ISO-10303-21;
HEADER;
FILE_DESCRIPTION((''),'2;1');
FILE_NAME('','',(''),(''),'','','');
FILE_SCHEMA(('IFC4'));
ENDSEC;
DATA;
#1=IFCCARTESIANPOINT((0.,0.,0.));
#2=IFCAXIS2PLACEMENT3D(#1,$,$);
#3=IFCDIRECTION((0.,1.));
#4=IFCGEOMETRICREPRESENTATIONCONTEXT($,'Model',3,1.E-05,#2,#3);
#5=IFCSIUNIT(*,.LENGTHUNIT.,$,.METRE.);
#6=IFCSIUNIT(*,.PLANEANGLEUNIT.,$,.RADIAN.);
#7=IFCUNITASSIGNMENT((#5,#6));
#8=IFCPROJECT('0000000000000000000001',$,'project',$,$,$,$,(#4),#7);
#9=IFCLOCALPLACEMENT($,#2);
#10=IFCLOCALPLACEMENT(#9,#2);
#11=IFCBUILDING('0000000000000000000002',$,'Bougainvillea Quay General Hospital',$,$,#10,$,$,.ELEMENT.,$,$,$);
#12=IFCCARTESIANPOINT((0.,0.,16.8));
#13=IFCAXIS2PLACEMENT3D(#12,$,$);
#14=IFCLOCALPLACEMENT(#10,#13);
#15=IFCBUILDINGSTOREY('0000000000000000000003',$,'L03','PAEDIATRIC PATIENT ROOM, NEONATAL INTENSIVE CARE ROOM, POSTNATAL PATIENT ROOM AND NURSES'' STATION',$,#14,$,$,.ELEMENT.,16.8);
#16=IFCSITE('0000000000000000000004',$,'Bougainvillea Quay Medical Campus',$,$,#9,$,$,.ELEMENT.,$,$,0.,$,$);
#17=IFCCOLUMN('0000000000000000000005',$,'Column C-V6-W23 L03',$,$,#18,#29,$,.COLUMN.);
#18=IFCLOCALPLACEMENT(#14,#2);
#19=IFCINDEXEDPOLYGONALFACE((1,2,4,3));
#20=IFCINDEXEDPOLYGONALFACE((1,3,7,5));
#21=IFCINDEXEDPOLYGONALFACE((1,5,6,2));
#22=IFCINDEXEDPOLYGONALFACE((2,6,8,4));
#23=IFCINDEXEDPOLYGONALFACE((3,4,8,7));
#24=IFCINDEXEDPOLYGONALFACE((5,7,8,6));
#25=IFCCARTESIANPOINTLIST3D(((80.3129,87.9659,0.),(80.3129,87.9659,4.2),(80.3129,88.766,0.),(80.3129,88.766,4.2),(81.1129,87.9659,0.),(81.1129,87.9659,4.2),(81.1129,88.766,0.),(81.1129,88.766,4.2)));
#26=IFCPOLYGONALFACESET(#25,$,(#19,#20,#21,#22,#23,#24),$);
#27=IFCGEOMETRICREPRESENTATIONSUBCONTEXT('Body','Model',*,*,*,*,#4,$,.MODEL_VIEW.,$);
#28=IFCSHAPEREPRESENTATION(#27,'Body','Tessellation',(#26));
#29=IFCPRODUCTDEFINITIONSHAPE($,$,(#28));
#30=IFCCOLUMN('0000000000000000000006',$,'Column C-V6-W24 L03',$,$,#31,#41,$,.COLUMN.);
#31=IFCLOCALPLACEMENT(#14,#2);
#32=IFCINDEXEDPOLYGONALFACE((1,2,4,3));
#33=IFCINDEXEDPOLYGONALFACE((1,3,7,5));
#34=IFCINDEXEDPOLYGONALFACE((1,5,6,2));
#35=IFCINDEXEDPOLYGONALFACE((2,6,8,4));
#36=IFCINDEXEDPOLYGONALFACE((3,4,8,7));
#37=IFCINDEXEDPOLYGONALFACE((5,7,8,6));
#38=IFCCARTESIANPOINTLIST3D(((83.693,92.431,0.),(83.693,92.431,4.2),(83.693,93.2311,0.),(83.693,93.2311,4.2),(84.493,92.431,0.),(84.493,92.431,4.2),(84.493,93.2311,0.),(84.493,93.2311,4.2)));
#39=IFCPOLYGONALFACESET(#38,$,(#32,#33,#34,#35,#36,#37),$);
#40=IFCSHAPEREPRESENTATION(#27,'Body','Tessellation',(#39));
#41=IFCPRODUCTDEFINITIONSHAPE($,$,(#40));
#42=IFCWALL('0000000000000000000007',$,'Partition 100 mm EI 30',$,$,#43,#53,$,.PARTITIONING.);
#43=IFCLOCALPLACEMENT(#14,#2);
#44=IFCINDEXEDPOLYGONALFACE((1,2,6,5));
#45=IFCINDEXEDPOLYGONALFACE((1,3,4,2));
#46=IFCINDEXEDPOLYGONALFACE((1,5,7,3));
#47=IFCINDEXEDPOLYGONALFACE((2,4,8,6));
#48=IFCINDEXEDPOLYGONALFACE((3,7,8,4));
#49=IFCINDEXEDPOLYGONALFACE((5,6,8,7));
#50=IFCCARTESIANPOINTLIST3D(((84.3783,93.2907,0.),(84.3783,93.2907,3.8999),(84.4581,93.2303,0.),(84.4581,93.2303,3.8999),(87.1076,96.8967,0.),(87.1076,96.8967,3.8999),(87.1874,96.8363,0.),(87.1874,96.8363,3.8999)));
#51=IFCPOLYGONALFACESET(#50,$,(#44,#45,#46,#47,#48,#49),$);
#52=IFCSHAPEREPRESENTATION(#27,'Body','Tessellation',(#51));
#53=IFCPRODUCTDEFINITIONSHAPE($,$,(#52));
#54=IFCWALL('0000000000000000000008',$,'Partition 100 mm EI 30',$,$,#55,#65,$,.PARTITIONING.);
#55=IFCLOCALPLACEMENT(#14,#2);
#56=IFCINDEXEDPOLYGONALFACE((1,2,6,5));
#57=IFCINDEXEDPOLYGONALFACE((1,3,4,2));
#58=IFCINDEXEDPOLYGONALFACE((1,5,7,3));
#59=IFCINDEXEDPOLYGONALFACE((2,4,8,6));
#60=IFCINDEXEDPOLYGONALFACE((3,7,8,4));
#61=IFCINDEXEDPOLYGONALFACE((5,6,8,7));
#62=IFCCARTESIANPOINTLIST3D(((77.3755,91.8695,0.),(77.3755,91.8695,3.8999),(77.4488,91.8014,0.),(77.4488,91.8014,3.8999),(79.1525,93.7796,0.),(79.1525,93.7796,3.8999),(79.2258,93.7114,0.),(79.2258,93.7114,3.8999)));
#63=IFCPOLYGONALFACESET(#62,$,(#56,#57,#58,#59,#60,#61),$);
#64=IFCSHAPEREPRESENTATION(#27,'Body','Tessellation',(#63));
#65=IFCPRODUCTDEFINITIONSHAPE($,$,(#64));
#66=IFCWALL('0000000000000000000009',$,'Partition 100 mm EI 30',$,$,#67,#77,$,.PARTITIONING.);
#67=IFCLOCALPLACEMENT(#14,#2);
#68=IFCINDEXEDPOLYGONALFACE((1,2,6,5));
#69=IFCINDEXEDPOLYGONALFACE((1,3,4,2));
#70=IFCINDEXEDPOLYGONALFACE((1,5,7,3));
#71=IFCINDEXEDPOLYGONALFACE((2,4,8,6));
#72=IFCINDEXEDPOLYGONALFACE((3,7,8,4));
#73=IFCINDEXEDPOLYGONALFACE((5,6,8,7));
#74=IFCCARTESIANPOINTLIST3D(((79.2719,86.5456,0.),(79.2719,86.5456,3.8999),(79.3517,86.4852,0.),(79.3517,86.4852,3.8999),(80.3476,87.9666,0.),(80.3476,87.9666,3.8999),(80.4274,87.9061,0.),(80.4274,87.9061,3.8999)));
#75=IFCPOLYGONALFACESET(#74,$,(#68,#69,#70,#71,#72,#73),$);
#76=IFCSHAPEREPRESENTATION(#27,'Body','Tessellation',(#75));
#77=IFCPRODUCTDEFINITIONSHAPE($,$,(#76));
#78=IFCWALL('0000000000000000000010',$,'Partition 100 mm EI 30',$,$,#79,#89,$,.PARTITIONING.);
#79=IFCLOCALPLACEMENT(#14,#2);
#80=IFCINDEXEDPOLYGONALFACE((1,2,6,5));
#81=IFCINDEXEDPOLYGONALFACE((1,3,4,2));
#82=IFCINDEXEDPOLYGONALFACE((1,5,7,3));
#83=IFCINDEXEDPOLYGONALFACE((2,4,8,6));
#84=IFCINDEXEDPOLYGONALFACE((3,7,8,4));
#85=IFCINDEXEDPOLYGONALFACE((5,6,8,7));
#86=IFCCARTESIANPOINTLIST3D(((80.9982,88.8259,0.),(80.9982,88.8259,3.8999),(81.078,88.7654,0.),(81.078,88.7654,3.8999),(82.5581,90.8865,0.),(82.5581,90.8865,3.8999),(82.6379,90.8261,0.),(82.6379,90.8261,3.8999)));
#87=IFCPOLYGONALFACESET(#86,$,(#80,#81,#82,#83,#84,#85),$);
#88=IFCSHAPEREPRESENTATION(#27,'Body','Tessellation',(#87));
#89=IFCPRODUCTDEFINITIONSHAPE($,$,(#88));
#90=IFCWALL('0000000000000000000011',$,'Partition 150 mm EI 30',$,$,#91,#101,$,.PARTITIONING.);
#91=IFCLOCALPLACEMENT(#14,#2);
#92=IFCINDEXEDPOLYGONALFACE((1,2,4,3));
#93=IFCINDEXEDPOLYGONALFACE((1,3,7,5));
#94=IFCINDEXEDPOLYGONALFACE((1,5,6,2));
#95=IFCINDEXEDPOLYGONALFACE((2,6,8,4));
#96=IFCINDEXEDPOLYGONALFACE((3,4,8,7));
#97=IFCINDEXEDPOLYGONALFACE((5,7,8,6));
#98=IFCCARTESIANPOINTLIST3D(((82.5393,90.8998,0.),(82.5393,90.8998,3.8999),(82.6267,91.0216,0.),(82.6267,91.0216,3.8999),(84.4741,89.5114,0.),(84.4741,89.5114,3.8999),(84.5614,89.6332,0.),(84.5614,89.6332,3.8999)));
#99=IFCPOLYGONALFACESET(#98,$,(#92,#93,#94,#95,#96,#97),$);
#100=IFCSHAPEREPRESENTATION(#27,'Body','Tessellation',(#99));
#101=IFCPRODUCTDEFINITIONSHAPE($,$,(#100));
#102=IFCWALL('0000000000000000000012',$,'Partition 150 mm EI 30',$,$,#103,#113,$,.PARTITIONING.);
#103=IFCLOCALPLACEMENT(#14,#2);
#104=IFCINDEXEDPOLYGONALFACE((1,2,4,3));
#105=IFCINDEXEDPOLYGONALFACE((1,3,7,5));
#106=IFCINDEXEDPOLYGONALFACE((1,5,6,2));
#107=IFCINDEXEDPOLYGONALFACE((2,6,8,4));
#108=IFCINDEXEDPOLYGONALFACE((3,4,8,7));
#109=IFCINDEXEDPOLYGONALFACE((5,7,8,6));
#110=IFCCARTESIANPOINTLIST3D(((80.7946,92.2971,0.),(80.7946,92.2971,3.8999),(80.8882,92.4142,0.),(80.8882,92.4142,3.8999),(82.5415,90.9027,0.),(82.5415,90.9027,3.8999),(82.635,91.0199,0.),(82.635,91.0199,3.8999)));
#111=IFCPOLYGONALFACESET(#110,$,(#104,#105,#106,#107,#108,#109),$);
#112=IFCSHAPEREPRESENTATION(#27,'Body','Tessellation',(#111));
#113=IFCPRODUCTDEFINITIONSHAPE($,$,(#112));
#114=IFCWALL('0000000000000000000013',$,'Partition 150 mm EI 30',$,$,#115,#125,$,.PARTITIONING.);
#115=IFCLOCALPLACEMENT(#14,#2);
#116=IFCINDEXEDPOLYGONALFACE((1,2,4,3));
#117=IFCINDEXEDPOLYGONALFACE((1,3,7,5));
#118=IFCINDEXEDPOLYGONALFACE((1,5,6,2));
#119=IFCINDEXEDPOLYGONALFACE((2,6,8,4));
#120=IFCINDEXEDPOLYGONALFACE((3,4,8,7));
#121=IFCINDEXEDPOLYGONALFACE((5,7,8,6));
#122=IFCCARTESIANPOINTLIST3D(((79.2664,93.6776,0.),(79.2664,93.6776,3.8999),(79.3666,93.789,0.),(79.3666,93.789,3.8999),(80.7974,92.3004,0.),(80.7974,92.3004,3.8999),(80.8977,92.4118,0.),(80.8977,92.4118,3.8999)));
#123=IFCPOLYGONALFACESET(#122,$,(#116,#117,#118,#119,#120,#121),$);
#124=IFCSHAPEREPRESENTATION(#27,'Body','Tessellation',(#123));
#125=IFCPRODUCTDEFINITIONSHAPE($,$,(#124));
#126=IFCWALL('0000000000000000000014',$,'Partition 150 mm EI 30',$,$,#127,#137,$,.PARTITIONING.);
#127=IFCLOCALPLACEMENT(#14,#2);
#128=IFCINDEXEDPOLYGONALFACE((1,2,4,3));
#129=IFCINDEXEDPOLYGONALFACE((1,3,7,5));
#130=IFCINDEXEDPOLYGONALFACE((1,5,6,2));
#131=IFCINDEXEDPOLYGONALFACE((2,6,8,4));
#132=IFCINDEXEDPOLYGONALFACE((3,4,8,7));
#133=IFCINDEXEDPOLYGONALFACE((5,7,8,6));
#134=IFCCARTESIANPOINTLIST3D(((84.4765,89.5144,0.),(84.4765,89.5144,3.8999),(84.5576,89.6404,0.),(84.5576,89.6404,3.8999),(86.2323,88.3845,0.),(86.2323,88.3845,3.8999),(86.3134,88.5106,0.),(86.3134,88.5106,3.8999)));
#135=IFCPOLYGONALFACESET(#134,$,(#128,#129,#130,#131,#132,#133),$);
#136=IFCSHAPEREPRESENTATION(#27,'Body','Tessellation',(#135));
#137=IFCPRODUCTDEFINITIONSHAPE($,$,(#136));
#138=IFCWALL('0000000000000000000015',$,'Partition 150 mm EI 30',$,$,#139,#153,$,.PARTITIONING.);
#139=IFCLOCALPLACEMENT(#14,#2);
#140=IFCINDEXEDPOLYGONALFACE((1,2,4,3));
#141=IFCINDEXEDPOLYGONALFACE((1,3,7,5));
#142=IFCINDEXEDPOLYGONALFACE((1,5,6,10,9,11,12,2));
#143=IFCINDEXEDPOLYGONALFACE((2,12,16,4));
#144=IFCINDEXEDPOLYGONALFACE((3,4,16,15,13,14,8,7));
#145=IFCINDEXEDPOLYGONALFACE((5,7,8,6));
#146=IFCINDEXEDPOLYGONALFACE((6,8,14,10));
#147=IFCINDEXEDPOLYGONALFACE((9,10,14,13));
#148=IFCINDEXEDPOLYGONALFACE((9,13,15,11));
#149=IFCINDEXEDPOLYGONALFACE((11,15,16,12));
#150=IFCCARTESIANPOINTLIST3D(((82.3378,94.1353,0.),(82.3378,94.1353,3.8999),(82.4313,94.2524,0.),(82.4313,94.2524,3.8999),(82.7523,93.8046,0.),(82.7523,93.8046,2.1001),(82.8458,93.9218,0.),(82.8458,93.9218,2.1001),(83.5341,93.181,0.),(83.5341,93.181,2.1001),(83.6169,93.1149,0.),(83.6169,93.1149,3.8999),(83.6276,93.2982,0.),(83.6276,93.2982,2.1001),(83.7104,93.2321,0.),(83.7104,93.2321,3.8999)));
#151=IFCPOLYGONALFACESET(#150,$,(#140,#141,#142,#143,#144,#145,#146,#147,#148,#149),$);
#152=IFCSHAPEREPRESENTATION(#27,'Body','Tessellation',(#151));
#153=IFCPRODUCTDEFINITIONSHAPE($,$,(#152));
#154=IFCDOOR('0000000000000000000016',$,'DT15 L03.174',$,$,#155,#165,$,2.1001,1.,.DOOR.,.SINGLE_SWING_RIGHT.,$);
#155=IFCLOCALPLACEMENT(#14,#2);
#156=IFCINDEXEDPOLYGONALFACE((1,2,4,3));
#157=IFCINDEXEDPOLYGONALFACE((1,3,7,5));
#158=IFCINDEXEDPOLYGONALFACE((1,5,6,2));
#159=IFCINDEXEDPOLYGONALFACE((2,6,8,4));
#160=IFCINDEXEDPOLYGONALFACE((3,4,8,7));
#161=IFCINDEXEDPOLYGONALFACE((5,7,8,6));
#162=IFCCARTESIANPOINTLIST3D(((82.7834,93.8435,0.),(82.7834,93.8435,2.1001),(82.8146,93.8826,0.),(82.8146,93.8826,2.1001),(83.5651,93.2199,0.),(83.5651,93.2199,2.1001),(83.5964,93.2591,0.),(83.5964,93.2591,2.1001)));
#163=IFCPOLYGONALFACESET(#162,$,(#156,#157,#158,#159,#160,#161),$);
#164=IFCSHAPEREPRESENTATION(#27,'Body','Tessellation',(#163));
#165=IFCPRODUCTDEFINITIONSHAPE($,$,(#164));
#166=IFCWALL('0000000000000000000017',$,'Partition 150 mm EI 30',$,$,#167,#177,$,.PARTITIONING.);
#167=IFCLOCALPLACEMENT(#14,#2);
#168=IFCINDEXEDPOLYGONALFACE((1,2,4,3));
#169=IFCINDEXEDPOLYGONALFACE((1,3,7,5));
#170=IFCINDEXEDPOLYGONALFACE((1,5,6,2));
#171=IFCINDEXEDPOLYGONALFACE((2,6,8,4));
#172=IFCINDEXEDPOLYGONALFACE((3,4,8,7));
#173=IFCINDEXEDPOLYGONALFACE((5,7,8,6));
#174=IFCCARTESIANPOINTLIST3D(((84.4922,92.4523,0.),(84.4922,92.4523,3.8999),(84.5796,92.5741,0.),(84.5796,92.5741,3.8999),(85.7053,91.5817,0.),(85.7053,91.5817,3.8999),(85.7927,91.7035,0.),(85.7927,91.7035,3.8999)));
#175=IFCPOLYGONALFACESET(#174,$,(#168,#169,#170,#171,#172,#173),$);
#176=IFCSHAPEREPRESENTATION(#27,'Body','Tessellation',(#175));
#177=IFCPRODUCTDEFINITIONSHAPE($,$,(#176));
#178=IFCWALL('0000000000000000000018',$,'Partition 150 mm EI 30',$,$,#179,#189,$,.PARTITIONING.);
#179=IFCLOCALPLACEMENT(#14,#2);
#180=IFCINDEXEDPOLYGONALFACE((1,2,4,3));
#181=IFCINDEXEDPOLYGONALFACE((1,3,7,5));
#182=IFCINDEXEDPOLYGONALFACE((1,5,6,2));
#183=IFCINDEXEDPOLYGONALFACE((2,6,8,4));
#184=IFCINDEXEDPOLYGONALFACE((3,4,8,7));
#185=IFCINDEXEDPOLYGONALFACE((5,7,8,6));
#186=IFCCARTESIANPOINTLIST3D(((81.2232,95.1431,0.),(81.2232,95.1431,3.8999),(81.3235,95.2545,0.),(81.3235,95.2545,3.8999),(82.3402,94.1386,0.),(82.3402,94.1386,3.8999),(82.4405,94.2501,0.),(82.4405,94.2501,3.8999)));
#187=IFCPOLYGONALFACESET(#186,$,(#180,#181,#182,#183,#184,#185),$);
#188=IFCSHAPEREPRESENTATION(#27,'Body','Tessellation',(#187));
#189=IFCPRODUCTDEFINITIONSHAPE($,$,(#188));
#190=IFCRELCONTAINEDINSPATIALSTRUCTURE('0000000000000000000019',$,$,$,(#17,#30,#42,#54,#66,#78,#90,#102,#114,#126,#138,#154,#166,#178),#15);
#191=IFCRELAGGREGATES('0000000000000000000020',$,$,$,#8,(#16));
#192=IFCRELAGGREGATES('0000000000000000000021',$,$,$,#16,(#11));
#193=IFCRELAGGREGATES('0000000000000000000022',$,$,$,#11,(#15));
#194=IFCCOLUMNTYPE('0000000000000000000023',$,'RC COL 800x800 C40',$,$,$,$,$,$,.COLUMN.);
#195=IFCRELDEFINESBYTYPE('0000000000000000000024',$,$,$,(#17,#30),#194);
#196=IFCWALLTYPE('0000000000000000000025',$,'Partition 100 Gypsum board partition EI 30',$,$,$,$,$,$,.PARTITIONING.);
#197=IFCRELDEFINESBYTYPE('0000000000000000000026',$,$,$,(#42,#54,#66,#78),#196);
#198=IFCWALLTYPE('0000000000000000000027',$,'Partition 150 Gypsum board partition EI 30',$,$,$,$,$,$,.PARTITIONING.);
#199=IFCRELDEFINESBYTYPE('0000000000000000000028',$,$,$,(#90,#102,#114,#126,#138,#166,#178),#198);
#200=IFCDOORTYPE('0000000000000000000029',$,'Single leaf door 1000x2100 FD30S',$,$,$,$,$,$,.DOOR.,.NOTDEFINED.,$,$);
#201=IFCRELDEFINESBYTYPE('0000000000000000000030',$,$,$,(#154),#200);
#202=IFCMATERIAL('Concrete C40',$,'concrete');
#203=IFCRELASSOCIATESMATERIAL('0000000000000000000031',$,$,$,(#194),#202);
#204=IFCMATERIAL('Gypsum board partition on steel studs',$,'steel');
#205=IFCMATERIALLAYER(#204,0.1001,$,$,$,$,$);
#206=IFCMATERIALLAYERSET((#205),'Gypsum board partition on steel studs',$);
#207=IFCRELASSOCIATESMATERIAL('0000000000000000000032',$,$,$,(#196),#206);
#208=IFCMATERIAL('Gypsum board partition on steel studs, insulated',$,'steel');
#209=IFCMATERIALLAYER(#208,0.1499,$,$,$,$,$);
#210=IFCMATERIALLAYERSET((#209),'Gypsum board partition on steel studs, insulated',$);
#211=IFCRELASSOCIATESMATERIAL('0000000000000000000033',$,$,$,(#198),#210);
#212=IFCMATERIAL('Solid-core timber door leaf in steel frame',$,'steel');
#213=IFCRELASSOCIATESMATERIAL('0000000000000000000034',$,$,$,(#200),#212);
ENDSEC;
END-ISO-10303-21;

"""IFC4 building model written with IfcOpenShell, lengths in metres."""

from ifc_helpers import new_model, si_unit, direction, frame, frame_2d, origin, origin_2d, place, context, subcontext, project, spatial, rectangle, extrude, material, layer, layer_set, material_profile, profile_set, type_object, element, fill, save


model = new_model("IFC4")

# Units and contexts
model_context = context("Model", 3, precision=1e-05, world=origin(), true_north=direction((0.0, 1.0)))
body_context = subcontext(model_context, "Body", "Model", "MODEL_VIEW")
ifc_project = project(units=[si_unit("LENGTHUNIT", "METRE"), si_unit("PLANEANGLEUNIT", "RADIAN")], contexts=[model_context])

# Site, building, storey
site_placement = place(None, origin())
site = spatial("IfcSite", under=ifc_project, at=site_placement, Name="Bougainvillea Quay Medical Campus", CompositionType="ELEMENT", RefElevation=0.0)
building_placement = place(site_placement, origin())
building = spatial("IfcBuilding", under=site, at=building_placement, Name="Bougainvillea Quay General Hospital", CompositionType="ELEMENT")
storey_placement = place(building_placement, frame((0.0, 0.0, 16.8)))
storey = spatial("IfcBuildingStorey", under=building, at=storey_placement, Name="L03", Description="PAEDIATRIC PATIENT ROOM, NEONATAL INTENSIVE CARE ROOM, POSTNATAL PATIENT ROOM AND NURSES' STATION", CompositionType="ELEMENT", Elevation=16.8)

# Columns
ifc_material_1 = material(Name="Concrete C40", Category="concrete")
ifc_material_profile = material_profile(ifc_material_1, rectangle(XDim=0.8, YDim=0.8, at=origin_2d()))
ifc_profile_set = profile_set([ifc_material_profile], Name="Concrete C40")
column_type = type_object("IfcColumnType", Name="RC COL 800x800 C40", PredefinedType="COLUMN", material=ifc_profile_set)
for number, where, z_axis, x_axis, name in (
    (1, (80.7129, 88.366, 0.0), (0.0, 0.0, 1.0), (1.0, 0.0, 0.0), "Column C-V6-W23 L03"),
    (2, (84.093, 92.8311, 0.0), (0.0, 0.0, 1.0), (1.0, 0.0, 0.0), "Column C-V6-W24 L03"),
):
    element("IfcColumn", number, at=place(storey_placement, frame(where, z_axis=z_axis, x_axis=x_axis)), inside=storey, type_object=column_type, Name=name, PredefinedType="COLUMN", context=body_context, shape_type="SweptSolid", body=[
        extrude(rectangle(XDim=0.8, YDim=0.8, at=origin_2d()), origin(), (0.0, 0.0, 1.0), 4.2),
    ])

# Walls
ifc_material_2 = material(Name="Gypsum board partition on steel studs", Category="steel")
ifc_layer_1 = layer(ifc_material_2, 0.1001)
ifc_layer_set_1 = layer_set([ifc_layer_1], Name="Gypsum board partition on steel studs")
wall_type_1 = type_object("IfcWallType", Name="Partition 100 Gypsum board partition EI 30", PredefinedType="PARTITIONING", material=ifc_layer_set_1)
wall_1_placement = place(storey_placement, frame((84.4182, 93.2605, 0.0), z_axis=(0.0, 0.0, 1.0), x_axis=(0.603501, 0.797362, 0.0)))
element("IfcWall", 3, at=wall_1_placement, inside=storey, type_object=wall_type_1, Name="Partition 100 mm EI 30", PredefinedType="PARTITIONING", context=body_context, shape_type="SweptSolid", body=[
    extrude(rectangle(XDim=4.5225, YDim=0.1001, at=frame_2d((2.2612, 0.0))), origin(), (0.0, 0.0, 1.0), 3.8999),
])
wall_2_placement = place(storey_placement, frame((77.4121, 91.8354, 0.0), z_axis=(0.0, 0.0, 1.0), x_axis=(0.681147, 0.732147, 0.0)))
element("IfcWall", 4, at=wall_2_placement, inside=storey, type_object=wall_type_1, Name="Partition 100 mm EI 30", PredefinedType="PARTITIONING", context=body_context, shape_type="SweptSolid", body=[
    extrude(rectangle(XDim=2.6089, YDim=0.1001, at=frame_2d((1.3044, 0.0))), origin(), (0.0, 0.0, 1.0), 3.8999),
])
wall_3_placement = place(storey_placement, frame((79.3118, 86.5154, 0.0), z_axis=(0.0, 0.0, 1.0), x_axis=(0.603589, 0.797296, 0.0)))
element("IfcWall", 5, at=wall_3_placement, inside=storey, type_object=wall_type_1, Name="Partition 100 mm EI 30", PredefinedType="PARTITIONING", context=body_context, shape_type="SweptSolid", body=[
    extrude(rectangle(XDim=1.7822, YDim=0.1001, at=frame_2d((0.8911, 0.0))), origin(), (0.0, 0.0, 1.0), 3.8999),
])
wall_4_placement = place(storey_placement, frame((81.0381, 88.7957, 0.0), z_axis=(0.0, 0.0, 1.0), x_axis=(0.603561, 0.797317, 0.0)))
element("IfcWall", 6, at=wall_4_placement, inside=storey, type_object=wall_type_1, Name="Partition 100 mm EI 30", PredefinedType="PARTITIONING", context=body_context, shape_type="SweptSolid", body=[
    extrude(rectangle(XDim=2.5845, YDim=0.1001, at=frame_2d((1.2922, 0.0))), origin(), (0.0, 0.0, 1.0), 3.8999),
])
ifc_material_3 = material(Name="Gypsum board partition on steel studs, insulated", Category="steel")
ifc_layer_2 = layer(ifc_material_3, 0.1499)
ifc_layer_set_2 = layer_set([ifc_layer_2], Name="Gypsum board partition on steel studs, insulated")
wall_type_2 = type_object("IfcWallType", Name="Partition 150 Gypsum board partition EI 30", PredefinedType="PARTITIONING", material=ifc_layer_set_2)
wall_5_placement = place(storey_placement, frame((82.583, 90.9607, 0.0), z_axis=(0.0, 0.0, 1.0), x_axis=(0.812457, -0.583021, 0.0)))
element("IfcWall", 7, at=wall_5_placement, inside=storey, type_object=wall_type_2, Name="Partition 150 mm EI 30", PredefinedType="PARTITIONING", context=body_context, shape_type="SweptSolid", body=[
    extrude(rectangle(XDim=2.3813, YDim=0.1499, at=frame_2d((1.1907, 0.0))), origin(), (0.0, 0.0, 1.0), 3.8999),
])
wall_6_placement = place(storey_placement, frame((80.8413, 92.3557, 0.0), z_axis=(0.0, 0.0, 1.0), x_axis=(0.781561, -0.623829, 0.0)))
element("IfcWall", 8, at=wall_6_placement, inside=storey, type_object=wall_type_2, Name="Partition 150 mm EI 30", PredefinedType="PARTITIONING", context=body_context, shape_type="SweptSolid", body=[
    extrude(rectangle(XDim=2.2351, YDim=0.1499, at=frame_2d((1.1177, 0.0))), origin(), (0.0, 0.0, 1.0), 3.8999),
])
wall_7_placement = place(storey_placement, frame((79.3164, 93.7334, 0.0), z_axis=(0.0, 0.0, 1.0), x_axis=(0.743465, -0.668775, 0.0)))
element("IfcWall", 9, at=wall_7_placement, inside=storey, type_object=wall_type_2, Name="Partition 150 mm EI 30", PredefinedType="PARTITIONING", context=body_context, shape_type="SweptSolid", body=[
    extrude(rectangle(XDim=2.0593, YDim=0.1499, at=frame_2d((1.0298, 0.0))), origin(), (0.0, 0.0, 1.0), 3.8999),
])
wall_8_placement = place(storey_placement, frame((84.5171, 89.5774, 0.0), z_axis=(0.0, 0.0, 1.0), x_axis=(0.840935, -0.541136, 0.0)))
element("IfcWall", 10, at=wall_8_placement, inside=storey, type_object=wall_type_2, Name="Partition 150 mm EI 30", PredefinedType="PARTITIONING", context=body_context, shape_type="SweptSolid", body=[
    extrude(rectangle(XDim=2.0879, YDim=0.1499, at=frame_2d((1.0439, 0.0))), origin(), (0.0, 0.0, 1.0), 3.8999),
])

# Wall, opening, door
wall_9_placement = place(storey_placement, frame((82.3845, 94.1938, 0.0), z_axis=(0.0, 0.0, 1.0), x_axis=(0.781756, -0.623584, 0.0)))
wall_9 = element("IfcWall", 11, at=wall_9_placement, inside=storey, type_object=wall_type_2, Name="Partition 150 mm EI 30", PredefinedType="PARTITIONING", context=body_context, shape_type="SweptSolid", body=[
    extrude(rectangle(XDim=1.6362, YDim=0.1499, at=frame_2d((0.8181, 0.0))), origin(), (0.0, 0.0, 1.0), 3.8999),
])
opening_1_placement = place(wall_9_placement, frame((0.5303, 0.0, 0.0)))
opening_1 = element("IfcOpeningElement", 12, at=opening_1_placement, cuts=wall_9, PredefinedType="OPENING", context=body_context, shape_type="SweptSolid", body=[
    extrude(rectangle(XDim=1.0, YDim=2.1001, at=frame_2d((0.5, 1.05))), frame((0.0, 0.085, 0.0), z_axis=(0.0, -1.0, 0.0), x_axis=(1.0, 0.0, 0.0)), (0.0, 0.0, 1.0), 0.1699),
])
ifc_material_4 = material(Name="Solid-core timber door leaf in steel frame", Category="steel")
door_type_1 = type_object("IfcDoorType", Name="Single leaf door 1000x2100 FD30S", OperationType="NOTDEFINED", PredefinedType="DOOR", material=ifc_material_4)
door_1_placement = place(opening_1_placement, origin())
door_1 = element("IfcDoor", 13, at=door_1_placement, inside=storey, type_object=door_type_1, Name="DT15 L03.174", OperationType="SINGLE_SWING_RIGHT", OverallHeight=2.1001, OverallWidth=1.0, PredefinedType="DOOR", context=body_context, shape_type="SweptSolid", body=[
    extrude(rectangle(XDim=1.0, YDim=2.1001, at=frame_2d((0.5, 1.05))), frame((0.0, 0.0249, 0.0), z_axis=(0.0, -1.0, 0.0), x_axis=(1.0, 0.0, 0.0)), (0.0, 0.0, 1.0), 0.05),
])
fill(opening_1, door_1)

# Walls
wall_10_placement = place(storey_placement, frame((84.5359, 92.5132, 0.0), z_axis=(0.0, 0.0, 1.0), x_axis=(0.812439, -0.583046, 0.0)))
element("IfcWall", 14, at=wall_10_placement, inside=storey, type_object=wall_type_2, Name="Partition 150 mm EI 30", PredefinedType="PARTITIONING", context=body_context, shape_type="SweptSolid", body=[
    extrude(rectangle(XDim=1.4932, YDim=0.1499, at=frame_2d((0.7466, 0.0))), origin(), (0.0, 0.0, 1.0), 3.8999),
])
wall_11_placement = place(storey_placement, frame((81.2734, 95.1987, 0.0), z_axis=(0.0, 0.0, 1.0), x_axis=(0.743577, -0.66865, 0.0)))
element("IfcWall", 15, at=wall_11_placement, inside=storey, type_object=wall_type_2, Name="Partition 150 mm EI 30", PredefinedType="PARTITIONING", context=body_context, shape_type="SweptSolid", body=[
    extrude(rectangle(XDim=1.5022, YDim=0.1499, at=frame_2d((0.751, 0.0))), origin(), (0.0, 0.0, 1.0), 3.8999),
])

save(model, "model.ifc")
